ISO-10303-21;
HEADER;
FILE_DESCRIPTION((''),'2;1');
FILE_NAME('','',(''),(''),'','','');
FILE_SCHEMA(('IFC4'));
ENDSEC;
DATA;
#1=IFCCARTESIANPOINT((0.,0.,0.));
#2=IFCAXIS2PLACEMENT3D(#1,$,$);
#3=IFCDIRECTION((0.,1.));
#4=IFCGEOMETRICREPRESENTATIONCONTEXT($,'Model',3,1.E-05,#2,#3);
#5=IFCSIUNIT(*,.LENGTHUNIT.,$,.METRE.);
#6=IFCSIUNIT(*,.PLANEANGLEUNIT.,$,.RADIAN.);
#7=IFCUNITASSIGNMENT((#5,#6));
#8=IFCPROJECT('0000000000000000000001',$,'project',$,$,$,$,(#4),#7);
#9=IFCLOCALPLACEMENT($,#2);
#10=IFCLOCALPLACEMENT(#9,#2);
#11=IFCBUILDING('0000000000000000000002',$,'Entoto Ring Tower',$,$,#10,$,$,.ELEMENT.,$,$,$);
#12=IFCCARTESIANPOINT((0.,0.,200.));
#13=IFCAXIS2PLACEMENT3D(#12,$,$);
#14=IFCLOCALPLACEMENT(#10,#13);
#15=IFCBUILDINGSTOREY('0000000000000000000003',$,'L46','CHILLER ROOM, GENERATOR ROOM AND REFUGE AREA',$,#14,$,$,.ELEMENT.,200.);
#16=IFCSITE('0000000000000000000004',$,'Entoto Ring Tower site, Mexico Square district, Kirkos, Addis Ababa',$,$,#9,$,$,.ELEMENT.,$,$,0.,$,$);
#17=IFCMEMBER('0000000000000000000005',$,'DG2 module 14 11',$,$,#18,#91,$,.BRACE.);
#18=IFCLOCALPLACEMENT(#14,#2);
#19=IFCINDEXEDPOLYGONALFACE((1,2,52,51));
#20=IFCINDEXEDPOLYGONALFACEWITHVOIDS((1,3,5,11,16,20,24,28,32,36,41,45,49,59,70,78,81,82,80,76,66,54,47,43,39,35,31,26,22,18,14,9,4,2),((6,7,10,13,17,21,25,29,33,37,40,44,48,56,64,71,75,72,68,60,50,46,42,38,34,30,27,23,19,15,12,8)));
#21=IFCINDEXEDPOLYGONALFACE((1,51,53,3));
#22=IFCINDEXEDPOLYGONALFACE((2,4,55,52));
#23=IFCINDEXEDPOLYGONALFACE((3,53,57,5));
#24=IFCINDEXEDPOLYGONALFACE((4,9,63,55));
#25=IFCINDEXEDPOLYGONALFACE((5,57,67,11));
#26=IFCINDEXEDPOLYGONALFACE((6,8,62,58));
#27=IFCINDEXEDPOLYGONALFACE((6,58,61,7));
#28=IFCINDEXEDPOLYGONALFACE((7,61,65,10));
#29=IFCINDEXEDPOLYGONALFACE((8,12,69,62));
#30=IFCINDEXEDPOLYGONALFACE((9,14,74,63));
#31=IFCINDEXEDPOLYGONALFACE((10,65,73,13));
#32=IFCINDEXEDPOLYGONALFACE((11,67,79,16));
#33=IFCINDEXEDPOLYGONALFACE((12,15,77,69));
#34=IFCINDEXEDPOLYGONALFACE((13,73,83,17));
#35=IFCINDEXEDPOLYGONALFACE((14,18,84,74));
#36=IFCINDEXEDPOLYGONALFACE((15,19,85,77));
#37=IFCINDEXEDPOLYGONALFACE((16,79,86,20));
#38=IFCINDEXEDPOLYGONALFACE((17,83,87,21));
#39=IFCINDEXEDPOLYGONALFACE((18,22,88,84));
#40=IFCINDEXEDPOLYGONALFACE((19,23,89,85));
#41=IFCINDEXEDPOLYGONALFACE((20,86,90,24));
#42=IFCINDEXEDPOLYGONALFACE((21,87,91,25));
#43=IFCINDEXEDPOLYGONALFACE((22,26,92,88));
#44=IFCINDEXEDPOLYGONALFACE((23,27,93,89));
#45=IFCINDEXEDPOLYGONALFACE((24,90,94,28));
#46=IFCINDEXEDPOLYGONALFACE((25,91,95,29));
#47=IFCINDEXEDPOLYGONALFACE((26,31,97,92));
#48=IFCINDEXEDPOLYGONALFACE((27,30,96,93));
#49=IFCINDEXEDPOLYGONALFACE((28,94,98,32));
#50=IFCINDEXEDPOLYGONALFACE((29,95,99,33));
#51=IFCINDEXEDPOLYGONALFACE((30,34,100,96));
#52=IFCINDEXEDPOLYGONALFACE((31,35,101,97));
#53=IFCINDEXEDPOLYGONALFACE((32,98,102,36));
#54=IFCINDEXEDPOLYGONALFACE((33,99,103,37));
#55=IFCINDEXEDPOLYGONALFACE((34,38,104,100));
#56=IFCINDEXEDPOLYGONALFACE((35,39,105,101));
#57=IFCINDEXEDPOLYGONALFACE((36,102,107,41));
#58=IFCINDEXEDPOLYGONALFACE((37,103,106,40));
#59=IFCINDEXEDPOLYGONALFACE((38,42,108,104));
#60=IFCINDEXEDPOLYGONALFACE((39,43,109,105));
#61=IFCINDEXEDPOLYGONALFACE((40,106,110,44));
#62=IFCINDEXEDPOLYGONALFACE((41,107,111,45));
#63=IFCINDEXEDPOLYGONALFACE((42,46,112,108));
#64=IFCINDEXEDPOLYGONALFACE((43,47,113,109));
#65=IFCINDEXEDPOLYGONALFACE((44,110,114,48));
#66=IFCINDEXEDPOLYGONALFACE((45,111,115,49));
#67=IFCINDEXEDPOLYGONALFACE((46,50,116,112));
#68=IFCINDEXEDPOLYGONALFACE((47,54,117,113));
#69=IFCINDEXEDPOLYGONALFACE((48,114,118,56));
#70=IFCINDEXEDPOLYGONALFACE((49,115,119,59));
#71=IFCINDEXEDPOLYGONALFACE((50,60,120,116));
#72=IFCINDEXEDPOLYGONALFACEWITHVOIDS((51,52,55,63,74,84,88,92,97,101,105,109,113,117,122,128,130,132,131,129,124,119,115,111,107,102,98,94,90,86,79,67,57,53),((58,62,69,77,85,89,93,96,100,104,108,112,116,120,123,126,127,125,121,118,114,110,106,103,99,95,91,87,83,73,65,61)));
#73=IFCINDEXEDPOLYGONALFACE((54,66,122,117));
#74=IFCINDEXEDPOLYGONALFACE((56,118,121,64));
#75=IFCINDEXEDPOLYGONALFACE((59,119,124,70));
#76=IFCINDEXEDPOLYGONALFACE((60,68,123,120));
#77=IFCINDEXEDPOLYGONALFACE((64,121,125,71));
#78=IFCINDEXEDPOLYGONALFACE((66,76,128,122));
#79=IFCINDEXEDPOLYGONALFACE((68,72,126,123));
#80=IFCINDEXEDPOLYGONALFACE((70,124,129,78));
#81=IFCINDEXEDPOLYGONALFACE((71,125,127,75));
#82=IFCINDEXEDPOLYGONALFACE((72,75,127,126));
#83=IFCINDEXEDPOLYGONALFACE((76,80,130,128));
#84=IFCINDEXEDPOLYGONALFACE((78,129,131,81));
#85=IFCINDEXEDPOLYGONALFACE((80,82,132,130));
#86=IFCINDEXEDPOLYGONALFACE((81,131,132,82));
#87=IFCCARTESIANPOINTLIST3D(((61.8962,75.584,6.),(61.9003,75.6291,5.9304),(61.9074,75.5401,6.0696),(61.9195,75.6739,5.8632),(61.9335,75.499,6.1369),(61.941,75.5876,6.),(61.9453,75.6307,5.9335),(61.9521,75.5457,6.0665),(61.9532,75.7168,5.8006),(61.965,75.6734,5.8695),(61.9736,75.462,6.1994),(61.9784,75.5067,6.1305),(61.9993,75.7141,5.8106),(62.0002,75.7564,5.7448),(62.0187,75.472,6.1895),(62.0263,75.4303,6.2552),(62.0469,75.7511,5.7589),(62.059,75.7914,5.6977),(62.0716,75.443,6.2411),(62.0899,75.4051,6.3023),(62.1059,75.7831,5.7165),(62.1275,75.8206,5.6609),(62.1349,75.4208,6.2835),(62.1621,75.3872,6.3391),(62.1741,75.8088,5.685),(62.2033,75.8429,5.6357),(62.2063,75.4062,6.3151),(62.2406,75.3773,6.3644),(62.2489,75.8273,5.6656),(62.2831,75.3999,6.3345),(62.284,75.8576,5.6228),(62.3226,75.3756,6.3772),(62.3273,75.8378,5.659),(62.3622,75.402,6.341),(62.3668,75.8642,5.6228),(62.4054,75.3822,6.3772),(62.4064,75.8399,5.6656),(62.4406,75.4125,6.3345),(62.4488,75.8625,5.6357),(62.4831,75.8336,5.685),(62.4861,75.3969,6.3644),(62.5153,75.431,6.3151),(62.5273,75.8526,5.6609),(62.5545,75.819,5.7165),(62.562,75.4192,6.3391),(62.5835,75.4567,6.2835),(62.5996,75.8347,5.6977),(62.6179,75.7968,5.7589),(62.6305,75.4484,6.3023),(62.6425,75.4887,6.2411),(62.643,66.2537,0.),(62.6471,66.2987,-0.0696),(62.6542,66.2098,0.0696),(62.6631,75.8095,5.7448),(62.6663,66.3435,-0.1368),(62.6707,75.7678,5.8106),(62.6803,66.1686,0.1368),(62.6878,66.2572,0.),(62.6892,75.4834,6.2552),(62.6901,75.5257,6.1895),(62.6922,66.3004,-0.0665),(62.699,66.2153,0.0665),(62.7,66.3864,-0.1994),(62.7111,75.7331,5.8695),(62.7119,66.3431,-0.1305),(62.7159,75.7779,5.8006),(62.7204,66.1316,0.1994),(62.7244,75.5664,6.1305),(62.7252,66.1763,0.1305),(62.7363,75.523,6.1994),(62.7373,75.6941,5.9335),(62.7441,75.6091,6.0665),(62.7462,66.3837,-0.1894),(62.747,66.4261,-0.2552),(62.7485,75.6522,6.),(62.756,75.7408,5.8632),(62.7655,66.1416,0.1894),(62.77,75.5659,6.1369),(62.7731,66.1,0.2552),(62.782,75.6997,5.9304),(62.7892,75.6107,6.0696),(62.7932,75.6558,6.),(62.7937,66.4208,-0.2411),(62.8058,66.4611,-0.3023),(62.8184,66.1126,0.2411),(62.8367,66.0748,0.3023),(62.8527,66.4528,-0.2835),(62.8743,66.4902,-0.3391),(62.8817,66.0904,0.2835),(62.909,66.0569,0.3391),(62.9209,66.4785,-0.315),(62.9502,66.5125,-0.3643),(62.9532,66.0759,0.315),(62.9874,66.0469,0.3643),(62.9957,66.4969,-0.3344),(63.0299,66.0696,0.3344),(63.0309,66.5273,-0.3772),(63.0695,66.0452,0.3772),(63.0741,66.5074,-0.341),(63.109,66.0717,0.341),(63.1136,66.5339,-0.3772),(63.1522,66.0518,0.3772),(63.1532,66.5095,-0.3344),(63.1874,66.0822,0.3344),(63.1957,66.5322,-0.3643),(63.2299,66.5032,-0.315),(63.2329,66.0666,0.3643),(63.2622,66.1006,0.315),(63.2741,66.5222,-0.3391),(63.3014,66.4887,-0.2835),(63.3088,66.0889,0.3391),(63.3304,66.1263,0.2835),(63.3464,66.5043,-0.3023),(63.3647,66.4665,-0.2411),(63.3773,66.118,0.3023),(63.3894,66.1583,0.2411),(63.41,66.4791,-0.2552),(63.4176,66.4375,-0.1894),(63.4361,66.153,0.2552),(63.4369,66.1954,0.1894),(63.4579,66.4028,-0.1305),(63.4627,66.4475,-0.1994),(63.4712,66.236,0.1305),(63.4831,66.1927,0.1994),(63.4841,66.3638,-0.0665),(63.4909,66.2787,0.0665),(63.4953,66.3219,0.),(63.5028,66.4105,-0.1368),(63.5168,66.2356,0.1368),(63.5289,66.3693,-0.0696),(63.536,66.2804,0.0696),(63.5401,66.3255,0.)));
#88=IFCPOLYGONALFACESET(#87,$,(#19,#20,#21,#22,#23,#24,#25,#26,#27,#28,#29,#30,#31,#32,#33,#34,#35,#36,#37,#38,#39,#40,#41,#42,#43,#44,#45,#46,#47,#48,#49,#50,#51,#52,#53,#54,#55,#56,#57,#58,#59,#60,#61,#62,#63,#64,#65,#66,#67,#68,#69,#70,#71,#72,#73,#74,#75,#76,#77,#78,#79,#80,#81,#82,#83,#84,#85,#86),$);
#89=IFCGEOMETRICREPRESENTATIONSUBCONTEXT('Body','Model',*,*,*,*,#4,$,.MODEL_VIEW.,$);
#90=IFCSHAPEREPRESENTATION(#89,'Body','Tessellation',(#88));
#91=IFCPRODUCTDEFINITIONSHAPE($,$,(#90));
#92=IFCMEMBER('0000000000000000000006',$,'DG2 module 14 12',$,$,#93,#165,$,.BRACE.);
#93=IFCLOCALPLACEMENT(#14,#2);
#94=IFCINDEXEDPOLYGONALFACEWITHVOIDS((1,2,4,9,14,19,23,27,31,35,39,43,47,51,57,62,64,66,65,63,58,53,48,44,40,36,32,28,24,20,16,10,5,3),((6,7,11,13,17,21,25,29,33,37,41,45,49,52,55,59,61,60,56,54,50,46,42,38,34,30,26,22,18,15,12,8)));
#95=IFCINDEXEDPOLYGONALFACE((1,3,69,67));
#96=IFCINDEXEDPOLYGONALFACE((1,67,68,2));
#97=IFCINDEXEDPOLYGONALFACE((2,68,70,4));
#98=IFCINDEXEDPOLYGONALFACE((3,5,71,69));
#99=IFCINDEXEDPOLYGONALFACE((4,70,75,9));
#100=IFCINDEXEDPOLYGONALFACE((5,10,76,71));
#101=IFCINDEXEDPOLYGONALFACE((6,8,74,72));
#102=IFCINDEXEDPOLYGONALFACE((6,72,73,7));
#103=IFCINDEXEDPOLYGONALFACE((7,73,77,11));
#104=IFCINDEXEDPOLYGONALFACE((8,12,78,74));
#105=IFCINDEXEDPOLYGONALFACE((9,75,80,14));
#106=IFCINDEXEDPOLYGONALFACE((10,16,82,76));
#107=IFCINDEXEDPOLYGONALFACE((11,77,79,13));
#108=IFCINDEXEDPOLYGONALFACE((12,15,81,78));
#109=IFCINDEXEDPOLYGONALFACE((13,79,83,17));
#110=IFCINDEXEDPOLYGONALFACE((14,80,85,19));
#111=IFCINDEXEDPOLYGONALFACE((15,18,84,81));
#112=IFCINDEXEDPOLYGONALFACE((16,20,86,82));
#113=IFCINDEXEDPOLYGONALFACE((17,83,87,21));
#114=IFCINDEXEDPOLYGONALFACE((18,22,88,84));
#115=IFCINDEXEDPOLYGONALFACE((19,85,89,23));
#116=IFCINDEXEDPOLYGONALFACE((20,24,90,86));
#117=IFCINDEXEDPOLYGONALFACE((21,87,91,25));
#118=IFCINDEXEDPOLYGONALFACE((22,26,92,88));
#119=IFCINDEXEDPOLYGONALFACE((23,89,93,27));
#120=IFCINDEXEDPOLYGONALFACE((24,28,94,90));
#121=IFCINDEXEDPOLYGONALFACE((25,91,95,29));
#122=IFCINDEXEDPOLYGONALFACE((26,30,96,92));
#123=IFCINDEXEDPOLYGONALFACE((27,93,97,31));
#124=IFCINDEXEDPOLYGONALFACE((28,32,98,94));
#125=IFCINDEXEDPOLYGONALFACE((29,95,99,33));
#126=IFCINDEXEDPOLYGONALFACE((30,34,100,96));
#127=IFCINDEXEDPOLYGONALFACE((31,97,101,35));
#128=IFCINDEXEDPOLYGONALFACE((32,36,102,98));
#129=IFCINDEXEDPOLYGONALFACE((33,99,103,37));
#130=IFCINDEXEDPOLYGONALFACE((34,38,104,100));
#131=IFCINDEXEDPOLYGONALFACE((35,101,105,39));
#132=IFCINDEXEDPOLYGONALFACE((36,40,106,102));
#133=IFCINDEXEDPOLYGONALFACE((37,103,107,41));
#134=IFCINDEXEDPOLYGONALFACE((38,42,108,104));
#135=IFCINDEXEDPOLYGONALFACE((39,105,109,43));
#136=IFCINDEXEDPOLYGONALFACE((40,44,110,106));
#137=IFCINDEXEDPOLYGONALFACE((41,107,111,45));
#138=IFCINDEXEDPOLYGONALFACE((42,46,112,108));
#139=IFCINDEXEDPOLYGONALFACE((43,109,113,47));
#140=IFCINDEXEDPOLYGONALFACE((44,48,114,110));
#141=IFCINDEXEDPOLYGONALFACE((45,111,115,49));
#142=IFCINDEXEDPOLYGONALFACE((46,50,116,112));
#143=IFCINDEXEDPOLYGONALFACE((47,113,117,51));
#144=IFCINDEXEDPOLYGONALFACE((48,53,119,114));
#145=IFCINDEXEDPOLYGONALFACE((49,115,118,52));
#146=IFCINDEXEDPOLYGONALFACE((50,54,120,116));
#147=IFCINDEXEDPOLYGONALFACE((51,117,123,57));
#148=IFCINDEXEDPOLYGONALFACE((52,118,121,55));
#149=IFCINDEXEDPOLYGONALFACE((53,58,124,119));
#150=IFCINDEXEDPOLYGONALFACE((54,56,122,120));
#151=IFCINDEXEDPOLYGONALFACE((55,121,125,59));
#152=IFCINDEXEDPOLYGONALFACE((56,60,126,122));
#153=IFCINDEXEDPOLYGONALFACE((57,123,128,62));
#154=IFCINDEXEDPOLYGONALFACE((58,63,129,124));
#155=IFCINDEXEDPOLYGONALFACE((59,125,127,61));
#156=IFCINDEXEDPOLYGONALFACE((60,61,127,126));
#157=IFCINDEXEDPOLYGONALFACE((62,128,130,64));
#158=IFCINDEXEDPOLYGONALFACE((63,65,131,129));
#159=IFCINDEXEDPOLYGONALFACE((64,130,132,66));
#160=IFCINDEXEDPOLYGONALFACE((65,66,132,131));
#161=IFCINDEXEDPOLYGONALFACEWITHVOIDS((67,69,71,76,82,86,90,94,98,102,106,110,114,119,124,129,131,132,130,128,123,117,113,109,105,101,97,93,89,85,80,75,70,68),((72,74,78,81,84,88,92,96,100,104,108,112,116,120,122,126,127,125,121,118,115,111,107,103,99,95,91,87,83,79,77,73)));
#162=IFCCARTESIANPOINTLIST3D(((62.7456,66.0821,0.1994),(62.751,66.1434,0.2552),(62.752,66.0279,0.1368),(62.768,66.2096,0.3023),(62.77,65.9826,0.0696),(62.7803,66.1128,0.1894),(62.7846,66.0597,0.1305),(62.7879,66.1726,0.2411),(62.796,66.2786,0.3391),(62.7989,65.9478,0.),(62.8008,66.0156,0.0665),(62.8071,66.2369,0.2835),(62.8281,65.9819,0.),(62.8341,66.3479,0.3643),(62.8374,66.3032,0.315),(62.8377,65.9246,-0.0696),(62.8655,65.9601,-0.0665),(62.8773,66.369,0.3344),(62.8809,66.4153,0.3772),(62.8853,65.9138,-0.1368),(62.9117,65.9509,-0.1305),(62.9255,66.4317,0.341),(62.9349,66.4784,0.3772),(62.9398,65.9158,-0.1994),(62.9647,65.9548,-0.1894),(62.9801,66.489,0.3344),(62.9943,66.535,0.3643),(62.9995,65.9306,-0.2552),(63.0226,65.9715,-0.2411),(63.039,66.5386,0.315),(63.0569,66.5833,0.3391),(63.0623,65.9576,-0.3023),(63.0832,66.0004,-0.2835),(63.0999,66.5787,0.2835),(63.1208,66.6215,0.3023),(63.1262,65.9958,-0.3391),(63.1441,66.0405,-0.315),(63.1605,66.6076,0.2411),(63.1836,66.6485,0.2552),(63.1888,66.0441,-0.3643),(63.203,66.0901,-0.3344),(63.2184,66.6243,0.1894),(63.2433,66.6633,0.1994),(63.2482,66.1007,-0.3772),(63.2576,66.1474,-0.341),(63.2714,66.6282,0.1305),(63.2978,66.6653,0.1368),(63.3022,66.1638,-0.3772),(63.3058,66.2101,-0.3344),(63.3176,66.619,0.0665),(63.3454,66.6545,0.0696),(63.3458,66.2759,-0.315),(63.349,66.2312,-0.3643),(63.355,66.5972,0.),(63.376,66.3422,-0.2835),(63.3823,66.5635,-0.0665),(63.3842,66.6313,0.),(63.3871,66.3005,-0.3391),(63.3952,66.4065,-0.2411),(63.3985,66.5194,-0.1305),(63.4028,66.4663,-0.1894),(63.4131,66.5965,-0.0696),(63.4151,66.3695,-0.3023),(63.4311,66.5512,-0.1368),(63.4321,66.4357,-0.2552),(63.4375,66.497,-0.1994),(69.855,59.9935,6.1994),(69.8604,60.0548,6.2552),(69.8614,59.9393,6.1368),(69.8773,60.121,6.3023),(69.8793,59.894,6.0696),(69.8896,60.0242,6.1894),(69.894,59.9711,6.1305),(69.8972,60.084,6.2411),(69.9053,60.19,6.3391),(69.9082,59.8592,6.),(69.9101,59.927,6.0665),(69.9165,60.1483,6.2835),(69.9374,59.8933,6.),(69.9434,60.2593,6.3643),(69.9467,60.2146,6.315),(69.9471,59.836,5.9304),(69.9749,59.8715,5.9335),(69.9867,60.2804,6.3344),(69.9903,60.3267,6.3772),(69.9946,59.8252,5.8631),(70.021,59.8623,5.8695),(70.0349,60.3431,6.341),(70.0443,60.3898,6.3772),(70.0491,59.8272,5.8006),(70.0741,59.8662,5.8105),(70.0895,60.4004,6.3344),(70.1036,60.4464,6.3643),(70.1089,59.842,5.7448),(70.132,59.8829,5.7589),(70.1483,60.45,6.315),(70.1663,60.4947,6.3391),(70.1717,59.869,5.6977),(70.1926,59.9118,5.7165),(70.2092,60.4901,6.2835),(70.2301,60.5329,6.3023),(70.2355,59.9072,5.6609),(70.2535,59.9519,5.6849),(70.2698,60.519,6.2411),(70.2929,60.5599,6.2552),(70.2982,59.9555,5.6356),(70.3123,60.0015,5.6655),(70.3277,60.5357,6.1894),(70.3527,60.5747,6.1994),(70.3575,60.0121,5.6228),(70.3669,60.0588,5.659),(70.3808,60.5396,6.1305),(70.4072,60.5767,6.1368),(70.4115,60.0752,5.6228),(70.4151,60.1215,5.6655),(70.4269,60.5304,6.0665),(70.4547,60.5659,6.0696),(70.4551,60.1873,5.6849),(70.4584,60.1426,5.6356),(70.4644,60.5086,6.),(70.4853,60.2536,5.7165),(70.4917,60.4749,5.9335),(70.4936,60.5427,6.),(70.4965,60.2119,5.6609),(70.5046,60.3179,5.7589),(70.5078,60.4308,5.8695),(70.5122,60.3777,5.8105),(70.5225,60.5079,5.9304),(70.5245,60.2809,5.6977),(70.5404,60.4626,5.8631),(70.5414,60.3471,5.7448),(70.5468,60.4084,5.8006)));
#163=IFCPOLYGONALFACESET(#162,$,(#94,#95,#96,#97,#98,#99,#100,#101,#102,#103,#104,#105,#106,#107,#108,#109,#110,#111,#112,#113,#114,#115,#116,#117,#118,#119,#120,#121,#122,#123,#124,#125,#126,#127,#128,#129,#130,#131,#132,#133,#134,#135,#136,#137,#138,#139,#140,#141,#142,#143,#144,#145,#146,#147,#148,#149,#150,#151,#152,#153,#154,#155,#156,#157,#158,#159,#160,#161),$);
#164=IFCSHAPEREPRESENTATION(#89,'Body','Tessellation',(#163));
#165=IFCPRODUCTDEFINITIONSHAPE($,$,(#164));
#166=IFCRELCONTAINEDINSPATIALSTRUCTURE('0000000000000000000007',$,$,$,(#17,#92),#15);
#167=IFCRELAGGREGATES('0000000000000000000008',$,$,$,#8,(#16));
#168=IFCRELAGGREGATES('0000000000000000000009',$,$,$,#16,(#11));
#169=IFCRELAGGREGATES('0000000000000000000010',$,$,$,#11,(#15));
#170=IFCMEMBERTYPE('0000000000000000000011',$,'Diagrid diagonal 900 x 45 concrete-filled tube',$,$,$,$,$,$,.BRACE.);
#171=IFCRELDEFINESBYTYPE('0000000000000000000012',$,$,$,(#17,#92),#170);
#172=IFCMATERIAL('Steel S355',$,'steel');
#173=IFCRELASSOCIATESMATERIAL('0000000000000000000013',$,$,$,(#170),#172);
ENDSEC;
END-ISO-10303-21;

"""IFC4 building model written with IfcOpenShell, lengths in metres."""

from ifc_helpers import new_model, si_unit, direction, frame, origin, origin_2d, place, context, subcontext, project, spatial, circle, hollow_circle, extrude, material, material_profile, profile_set, type_object, element, save


model = new_model("IFC4")

# Units and contexts
model_context = context("Model", 3, precision=1e-05, world=origin(), true_north=direction((0.0, 1.0)))
body_context = subcontext(model_context, "Body", "Model", "MODEL_VIEW")
ifc_project = project(units=[si_unit("LENGTHUNIT", "METRE"), si_unit("PLANEANGLEUNIT", "RADIAN")], contexts=[model_context])

# Site, building, storey
site_placement = place(None, origin())
site = spatial("IfcSite", under=ifc_project, at=site_placement, Name="Entoto Ring Tower site, Mexico Square district, Kirkos, Addis Ababa", CompositionType="ELEMENT", RefElevation=0.0)
building_placement = place(site_placement, origin())
building = spatial("IfcBuilding", under=site, at=building_placement, Name="Entoto Ring Tower", CompositionType="ELEMENT")
storey_placement = place(building_placement, frame((0.0, 0.0, 200.0)))
storey = spatial("IfcBuildingStorey", under=building, at=storey_placement, Name="L46", Description="CHILLER ROOM, GENERATOR ROOM AND REFUGE AREA", CompositionType="ELEMENT", Elevation=200.0)

# Members
ifc_material_1 = material(Name="Steel S355", Category="steel")
ifc_material_profile_1 = material_profile(ifc_material_1, hollow_circle(Radius=0.45, WallThickness=0.0449, at=origin_2d()), Name="CHS 900 x 45")
ifc_material_2 = material(Name="Concrete C60/75", Category="concrete")
ifc_material_profile_2 = material_profile(ifc_material_2, circle(Radius=0.405, at=origin_2d()), Name="Concrete C60/75 infill")
ifc_profile_set_1 = profile_set([ifc_material_profile_1, ifc_material_profile_2], Name="Steel S355")
member_type_1 = type_object("IfcMemberType", Name="Diagrid diagonal 900 x 45 concrete-filled tube", PredefinedType="BRACE", material=ifc_profile_set_1)
for number, where, z_axis, x_axis, name in (
    (1, (63.0916, 66.2896, 0.0), (-0.067172, 0.839199, 0.539659), (-0.996812, -0.079788, 0.0), "DG2 module 14 11"),
    (2, (63.0916, 66.2896, 0.0), (0.639435, -0.547626, 0.539655), (0.650476, 0.759527, 0.0), "DG2 module 14 12"),
):
    element("IfcMember", number, at=place(storey_placement, frame(where, z_axis=z_axis, x_axis=x_axis)), inside=storey, type_object=member_type_1, Name=name, PredefinedType="BRACE", context=body_context, shape_type="SweptSolid", body=[
        extrude(hollow_circle(Radius=0.45, WallThickness=0.0449, at=origin_2d()), origin(), (0.0, 0.0, 1.0), 11.1182),
    ])

save(model, "model.ifc")
